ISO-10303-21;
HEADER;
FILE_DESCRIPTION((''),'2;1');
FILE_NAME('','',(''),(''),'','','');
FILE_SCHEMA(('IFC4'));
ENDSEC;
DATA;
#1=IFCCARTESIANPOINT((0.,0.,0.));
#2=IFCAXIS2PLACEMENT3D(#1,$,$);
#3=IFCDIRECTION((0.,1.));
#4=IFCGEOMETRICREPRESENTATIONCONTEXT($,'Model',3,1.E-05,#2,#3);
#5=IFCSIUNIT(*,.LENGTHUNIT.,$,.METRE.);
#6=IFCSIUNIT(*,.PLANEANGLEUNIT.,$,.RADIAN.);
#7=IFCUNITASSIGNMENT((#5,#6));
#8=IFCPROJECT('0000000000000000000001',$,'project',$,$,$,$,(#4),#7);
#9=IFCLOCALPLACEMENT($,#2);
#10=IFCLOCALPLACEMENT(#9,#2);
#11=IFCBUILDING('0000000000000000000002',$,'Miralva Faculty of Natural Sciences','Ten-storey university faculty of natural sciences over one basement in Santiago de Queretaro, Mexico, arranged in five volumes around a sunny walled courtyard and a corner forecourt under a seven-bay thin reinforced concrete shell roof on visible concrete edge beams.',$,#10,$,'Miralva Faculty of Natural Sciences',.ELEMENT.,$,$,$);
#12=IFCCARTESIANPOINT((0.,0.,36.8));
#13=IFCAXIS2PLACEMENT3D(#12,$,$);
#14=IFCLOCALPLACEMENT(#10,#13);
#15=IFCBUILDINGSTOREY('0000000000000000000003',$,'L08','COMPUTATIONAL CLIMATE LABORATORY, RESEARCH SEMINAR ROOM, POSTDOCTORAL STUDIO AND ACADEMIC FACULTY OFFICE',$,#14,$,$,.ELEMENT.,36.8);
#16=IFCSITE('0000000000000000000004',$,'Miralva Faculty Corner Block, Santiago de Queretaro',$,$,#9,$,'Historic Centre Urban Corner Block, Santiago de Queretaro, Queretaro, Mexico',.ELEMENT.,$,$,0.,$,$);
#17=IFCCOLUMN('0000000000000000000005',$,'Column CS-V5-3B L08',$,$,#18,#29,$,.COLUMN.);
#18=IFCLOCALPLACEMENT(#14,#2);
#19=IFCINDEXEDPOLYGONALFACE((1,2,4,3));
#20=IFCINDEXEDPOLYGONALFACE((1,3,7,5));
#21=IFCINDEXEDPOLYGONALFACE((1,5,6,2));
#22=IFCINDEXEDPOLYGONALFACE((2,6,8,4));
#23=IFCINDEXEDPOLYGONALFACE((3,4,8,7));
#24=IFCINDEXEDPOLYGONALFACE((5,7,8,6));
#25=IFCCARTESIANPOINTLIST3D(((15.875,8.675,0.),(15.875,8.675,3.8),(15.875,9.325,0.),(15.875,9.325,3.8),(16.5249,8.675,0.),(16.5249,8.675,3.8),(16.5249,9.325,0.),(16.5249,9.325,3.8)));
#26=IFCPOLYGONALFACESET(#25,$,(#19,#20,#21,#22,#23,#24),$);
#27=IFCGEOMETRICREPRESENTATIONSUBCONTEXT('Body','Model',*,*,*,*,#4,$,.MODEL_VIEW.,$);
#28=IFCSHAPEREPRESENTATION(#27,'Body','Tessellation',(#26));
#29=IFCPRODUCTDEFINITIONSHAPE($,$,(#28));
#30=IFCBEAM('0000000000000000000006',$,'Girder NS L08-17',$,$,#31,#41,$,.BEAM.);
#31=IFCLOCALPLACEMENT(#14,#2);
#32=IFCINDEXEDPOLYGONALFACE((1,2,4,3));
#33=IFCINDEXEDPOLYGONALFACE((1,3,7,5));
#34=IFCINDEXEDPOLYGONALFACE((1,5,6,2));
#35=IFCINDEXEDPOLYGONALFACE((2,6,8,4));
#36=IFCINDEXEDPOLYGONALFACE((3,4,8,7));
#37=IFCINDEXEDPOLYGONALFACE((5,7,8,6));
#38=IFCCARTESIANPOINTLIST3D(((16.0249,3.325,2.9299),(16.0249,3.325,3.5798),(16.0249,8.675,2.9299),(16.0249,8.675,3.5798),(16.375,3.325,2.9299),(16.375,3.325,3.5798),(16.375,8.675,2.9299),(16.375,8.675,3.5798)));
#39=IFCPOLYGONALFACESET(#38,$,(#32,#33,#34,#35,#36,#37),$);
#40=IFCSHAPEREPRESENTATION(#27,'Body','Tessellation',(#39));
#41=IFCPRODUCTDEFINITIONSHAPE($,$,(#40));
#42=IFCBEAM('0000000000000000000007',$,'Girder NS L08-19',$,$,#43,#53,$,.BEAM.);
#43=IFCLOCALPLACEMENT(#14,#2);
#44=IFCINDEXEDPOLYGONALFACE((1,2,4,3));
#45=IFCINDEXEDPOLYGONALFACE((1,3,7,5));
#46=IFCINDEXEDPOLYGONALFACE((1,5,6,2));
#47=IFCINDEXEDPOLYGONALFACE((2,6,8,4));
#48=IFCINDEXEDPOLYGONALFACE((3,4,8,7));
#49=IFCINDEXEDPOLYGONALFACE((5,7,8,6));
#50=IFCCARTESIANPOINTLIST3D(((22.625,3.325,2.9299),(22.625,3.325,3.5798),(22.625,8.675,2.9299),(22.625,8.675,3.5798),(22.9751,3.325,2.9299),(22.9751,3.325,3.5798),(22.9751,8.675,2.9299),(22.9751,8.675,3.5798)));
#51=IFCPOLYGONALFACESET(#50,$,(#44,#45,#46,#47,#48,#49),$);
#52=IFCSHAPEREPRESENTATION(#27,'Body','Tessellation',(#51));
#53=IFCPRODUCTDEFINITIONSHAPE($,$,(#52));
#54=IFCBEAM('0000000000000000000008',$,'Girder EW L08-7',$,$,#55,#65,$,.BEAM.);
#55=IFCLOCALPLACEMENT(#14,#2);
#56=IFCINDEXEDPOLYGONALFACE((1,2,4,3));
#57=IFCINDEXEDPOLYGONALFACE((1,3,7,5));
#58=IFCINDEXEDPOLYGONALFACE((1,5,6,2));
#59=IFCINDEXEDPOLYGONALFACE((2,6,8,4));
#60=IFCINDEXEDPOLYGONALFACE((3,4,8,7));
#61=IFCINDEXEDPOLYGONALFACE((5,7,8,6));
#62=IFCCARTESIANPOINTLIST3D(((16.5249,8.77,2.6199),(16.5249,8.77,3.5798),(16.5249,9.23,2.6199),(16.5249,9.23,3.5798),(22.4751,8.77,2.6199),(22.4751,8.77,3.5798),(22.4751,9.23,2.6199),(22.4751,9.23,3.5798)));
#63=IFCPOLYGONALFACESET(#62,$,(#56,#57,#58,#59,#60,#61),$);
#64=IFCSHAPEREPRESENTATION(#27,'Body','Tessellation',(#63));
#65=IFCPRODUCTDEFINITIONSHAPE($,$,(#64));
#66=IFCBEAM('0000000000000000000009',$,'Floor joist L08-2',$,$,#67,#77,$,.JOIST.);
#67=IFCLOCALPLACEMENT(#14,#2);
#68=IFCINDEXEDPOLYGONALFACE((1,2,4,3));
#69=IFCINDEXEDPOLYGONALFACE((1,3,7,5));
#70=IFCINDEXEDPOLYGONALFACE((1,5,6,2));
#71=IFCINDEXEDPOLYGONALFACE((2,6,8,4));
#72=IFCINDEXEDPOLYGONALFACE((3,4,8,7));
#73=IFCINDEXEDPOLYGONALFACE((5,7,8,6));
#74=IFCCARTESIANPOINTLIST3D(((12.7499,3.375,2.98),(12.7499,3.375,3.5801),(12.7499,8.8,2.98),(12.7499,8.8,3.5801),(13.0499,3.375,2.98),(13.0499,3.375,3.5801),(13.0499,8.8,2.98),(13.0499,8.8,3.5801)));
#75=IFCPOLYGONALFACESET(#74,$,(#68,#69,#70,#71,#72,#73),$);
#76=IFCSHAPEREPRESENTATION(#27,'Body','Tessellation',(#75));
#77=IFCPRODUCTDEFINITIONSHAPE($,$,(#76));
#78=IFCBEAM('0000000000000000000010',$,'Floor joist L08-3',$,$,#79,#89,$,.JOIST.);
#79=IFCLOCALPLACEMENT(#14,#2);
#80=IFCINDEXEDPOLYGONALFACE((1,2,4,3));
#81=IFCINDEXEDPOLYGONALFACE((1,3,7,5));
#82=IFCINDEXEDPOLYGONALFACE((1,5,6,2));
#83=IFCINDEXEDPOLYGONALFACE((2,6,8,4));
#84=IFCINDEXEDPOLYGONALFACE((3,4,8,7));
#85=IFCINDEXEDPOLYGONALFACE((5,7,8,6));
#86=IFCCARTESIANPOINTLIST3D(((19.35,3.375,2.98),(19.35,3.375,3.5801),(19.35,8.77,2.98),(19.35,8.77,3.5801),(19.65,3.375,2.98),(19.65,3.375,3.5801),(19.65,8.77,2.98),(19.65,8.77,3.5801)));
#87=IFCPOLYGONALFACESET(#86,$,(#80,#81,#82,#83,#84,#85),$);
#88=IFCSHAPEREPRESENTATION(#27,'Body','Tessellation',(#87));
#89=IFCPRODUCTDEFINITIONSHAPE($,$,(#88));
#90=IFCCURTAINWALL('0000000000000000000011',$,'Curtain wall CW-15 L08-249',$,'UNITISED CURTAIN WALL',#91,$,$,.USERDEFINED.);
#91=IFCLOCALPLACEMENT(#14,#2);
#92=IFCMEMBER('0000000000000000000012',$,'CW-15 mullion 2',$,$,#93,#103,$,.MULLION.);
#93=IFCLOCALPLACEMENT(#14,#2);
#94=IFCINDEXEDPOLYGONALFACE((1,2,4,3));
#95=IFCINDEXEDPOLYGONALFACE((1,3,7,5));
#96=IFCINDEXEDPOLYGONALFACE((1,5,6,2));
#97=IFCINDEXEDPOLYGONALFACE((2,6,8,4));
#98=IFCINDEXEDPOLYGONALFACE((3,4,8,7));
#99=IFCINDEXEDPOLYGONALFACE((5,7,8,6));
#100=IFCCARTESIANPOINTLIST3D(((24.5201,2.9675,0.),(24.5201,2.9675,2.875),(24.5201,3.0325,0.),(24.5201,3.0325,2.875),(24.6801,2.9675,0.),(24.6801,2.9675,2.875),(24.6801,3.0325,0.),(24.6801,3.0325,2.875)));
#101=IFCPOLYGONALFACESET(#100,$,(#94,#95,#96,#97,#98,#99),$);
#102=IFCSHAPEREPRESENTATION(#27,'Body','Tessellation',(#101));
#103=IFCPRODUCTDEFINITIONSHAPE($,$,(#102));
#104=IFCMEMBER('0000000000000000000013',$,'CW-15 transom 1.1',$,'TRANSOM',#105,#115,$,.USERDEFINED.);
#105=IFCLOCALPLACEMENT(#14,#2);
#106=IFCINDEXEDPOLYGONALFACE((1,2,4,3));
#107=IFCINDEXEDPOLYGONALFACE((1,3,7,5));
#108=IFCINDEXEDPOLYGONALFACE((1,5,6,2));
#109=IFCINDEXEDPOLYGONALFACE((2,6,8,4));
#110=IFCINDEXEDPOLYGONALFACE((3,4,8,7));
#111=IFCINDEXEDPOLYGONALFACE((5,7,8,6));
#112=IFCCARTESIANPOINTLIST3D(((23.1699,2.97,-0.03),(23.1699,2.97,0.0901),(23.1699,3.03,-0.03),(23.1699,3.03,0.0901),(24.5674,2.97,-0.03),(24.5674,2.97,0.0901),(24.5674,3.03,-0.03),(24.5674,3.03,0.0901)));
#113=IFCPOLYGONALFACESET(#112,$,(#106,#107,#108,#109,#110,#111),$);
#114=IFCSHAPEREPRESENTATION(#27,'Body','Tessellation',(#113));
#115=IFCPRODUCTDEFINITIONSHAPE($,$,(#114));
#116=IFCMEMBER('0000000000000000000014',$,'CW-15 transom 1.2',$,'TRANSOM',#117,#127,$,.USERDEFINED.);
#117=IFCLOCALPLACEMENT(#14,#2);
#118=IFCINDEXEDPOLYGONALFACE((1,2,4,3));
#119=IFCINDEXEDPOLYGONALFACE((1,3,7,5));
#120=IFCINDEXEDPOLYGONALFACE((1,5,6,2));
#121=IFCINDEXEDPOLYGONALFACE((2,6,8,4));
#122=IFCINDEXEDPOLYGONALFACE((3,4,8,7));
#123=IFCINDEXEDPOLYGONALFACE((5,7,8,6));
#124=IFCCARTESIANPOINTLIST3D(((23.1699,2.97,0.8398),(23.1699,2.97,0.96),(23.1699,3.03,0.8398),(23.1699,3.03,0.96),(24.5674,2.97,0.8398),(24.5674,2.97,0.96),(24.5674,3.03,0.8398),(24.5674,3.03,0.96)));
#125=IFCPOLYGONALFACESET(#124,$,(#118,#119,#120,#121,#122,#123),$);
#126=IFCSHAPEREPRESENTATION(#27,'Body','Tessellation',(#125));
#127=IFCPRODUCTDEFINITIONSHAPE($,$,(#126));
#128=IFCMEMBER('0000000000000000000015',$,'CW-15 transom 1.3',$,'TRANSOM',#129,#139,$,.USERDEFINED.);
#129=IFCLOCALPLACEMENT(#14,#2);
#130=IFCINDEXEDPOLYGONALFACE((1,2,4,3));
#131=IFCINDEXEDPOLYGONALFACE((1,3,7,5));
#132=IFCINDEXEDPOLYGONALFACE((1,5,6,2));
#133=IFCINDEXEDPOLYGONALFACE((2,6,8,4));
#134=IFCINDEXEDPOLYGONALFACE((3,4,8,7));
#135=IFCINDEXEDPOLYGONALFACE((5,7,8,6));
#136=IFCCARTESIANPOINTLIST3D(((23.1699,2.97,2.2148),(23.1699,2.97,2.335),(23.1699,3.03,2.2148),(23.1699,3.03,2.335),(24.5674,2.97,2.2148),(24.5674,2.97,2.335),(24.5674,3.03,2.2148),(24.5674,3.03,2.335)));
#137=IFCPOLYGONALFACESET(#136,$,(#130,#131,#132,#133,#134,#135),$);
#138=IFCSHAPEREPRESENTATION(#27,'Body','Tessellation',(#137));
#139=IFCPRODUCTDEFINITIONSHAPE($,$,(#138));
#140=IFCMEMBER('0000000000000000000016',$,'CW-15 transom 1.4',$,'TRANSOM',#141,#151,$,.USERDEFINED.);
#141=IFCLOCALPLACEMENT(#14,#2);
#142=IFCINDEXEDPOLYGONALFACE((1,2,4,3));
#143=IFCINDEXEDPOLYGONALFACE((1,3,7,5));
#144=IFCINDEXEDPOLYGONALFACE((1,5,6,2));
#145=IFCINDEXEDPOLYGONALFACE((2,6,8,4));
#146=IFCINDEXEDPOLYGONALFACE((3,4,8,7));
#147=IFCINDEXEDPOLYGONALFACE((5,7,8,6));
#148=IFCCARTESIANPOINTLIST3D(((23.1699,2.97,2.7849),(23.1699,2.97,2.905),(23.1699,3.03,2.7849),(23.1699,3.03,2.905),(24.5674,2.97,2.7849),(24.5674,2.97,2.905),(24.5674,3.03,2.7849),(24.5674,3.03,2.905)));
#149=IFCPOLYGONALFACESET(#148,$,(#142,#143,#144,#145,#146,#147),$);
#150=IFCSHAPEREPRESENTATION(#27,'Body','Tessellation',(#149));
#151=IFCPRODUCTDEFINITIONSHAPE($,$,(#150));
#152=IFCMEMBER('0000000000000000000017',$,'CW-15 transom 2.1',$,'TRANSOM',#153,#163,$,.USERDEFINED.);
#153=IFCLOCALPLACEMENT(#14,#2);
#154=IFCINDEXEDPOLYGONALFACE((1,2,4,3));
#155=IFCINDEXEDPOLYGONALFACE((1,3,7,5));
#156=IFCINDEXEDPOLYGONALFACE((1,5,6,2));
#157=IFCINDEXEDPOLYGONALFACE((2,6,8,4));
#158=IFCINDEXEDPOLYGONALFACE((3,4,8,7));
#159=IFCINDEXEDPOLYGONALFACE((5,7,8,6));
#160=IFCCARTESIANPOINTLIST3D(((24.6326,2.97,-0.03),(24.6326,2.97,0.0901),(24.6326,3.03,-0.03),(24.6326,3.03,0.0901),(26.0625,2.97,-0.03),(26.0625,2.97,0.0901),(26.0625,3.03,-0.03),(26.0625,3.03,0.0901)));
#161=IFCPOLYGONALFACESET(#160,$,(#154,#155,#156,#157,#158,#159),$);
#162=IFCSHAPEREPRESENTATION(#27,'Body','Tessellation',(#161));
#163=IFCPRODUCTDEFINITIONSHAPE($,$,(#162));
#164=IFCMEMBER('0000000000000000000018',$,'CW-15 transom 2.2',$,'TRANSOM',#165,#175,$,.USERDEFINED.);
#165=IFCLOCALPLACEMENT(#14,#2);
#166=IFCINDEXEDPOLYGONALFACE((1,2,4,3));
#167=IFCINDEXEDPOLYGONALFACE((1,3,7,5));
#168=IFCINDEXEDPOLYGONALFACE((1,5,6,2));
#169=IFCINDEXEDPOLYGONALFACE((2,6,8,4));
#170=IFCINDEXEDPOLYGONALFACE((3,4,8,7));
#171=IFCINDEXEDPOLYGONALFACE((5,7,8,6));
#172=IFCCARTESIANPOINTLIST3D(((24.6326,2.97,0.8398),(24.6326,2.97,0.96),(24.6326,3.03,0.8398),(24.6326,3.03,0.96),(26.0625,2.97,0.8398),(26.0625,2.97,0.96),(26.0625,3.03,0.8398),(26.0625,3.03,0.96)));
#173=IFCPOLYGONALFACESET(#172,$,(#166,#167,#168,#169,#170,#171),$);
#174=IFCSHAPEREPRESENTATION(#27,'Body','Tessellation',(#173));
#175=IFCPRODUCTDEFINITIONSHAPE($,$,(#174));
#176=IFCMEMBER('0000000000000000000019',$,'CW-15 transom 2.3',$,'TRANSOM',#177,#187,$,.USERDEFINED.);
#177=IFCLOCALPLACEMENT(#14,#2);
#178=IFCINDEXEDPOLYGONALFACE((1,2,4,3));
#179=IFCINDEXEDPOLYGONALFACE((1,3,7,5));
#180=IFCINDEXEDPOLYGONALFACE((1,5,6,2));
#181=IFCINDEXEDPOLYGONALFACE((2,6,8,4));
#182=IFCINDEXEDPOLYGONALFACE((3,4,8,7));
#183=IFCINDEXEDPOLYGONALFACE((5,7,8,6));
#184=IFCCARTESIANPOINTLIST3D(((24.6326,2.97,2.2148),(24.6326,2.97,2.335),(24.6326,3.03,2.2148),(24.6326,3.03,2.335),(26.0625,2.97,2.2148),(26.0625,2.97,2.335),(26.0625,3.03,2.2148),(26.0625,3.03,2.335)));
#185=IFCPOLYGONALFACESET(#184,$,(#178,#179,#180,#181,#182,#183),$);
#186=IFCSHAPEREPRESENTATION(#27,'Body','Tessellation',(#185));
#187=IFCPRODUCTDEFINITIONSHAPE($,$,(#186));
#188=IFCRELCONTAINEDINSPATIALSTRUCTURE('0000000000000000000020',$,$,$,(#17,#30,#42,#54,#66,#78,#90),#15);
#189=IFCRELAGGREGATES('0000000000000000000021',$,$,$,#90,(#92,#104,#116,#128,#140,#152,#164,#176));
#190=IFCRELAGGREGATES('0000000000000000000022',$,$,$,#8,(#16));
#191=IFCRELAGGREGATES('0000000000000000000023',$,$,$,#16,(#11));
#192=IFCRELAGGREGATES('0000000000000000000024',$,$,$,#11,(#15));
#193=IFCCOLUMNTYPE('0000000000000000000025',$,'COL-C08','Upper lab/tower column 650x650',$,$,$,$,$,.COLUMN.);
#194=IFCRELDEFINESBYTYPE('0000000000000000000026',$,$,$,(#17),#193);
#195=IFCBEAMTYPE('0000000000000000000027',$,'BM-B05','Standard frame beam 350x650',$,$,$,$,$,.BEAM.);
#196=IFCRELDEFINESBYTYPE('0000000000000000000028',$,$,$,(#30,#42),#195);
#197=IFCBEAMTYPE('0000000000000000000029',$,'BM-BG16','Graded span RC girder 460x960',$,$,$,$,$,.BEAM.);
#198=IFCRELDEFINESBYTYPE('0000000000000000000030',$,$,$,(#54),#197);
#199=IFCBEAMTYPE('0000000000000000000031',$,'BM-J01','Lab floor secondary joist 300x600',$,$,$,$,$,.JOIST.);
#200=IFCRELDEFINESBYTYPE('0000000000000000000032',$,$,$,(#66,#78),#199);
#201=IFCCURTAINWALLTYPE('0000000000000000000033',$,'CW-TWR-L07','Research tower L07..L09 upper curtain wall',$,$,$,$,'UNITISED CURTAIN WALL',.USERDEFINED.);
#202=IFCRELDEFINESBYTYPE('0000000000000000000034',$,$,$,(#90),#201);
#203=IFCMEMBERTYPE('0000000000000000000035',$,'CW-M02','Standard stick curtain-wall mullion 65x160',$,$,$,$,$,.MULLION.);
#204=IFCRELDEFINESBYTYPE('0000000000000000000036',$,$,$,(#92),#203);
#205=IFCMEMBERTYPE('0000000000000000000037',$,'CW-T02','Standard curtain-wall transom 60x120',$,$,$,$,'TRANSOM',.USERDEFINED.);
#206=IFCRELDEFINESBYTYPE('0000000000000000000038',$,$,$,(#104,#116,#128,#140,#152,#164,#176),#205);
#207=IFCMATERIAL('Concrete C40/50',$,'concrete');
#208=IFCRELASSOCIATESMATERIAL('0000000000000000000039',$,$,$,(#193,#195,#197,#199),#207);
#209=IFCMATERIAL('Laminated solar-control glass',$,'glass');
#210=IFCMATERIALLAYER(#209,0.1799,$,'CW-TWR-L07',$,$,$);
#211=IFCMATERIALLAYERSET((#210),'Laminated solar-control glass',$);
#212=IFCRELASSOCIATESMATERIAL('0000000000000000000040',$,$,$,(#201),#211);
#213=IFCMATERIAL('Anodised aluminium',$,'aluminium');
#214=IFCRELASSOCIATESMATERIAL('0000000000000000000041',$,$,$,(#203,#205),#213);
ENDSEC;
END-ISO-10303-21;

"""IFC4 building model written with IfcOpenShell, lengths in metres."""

from ifc_helpers import new_model, si_unit, direction, frame, origin, origin_2d, place, context, subcontext, project, spatial, rectangle, extrude, material, layer, layer_set, material_profile, profile_set, type_object, element, aggregate, save


model = new_model("IFC4")

# Units and contexts
model_context = context("Model", 3, precision=1e-05, world=origin(), true_north=direction((0.0, 1.0)))
body_context = subcontext(model_context, "Body", "Model", "MODEL_VIEW")
ifc_project = project(units=[si_unit("LENGTHUNIT", "METRE"), si_unit("PLANEANGLEUNIT", "RADIAN")], contexts=[model_context])

# Site, building, storey
site_placement = place(None, origin())
site = spatial("IfcSite", under=ifc_project, at=site_placement, Name="Miralva Faculty Corner Block, Santiago de Queretaro", LongName="Historic Centre Urban Corner Block, Santiago de Queretaro, Queretaro, Mexico", CompositionType="ELEMENT", RefElevation=0.0)
building_placement = place(site_placement, origin())
building = spatial("IfcBuilding", under=site, at=building_placement, Name="Miralva Faculty of Natural Sciences", Description="Ten-storey university faculty of natural sciences over one basement in Santiago de Queretaro, Mexico, arranged in five volumes around a sunny walled courtyard and a corner forecourt under a seven-bay thin reinforced concrete shell roof on visible concrete edge beams.", LongName="Miralva Faculty of Natural Sciences", CompositionType="ELEMENT")
storey_placement = place(building_placement, frame((0.0, 0.0, 36.8)))
storey = spatial("IfcBuildingStorey", under=building, at=storey_placement, Name="L08", Description="COMPUTATIONAL CLIMATE LABORATORY, RESEARCH SEMINAR ROOM, POSTDOCTORAL STUDIO AND ACADEMIC FACULTY OFFICE", CompositionType="ELEMENT", Elevation=36.8)

# Column
ifc_material_1 = material(Name="Concrete C40/50", Category="concrete")
ifc_material_profile_1 = material_profile(ifc_material_1, rectangle(XDim=0.6499, YDim=0.6499, at=origin_2d()), Name="RC 650x650")
ifc_profile_set_1 = profile_set([ifc_material_profile_1], Name="Concrete C40/50")
column_type = type_object("IfcColumnType", Name="COL-C08", Description="Upper lab/tower column 650x650", PredefinedType="COLUMN", material=ifc_profile_set_1)
column_placement = place(storey_placement, frame((16.2, 9.0, 0.0), z_axis=(0.0, 0.0, 1.0), x_axis=(1.0, 0.0, 0.0)))
element("IfcColumn", 1, at=column_placement, inside=storey, type_object=column_type, Name="Column CS-V5-3B L08", PredefinedType="COLUMN", context=body_context, shape_type="SweptSolid", body=[
    extrude(rectangle(XDim=0.6499, YDim=0.6499, at=origin_2d()), origin(), (0.0, 0.0, 1.0), 3.8),
])

# Beams
ifc_material_profile_2 = material_profile(ifc_material_1, rectangle(XDim=0.3501, YDim=0.6499, at=origin_2d()), Name="RC 350x650")
ifc_profile_set_2 = profile_set([ifc_material_profile_2], Name="Concrete C40/50")
beam_type_1 = type_object("IfcBeamType", Name="BM-B05", Description="Standard frame beam 350x650", PredefinedType="BEAM", material=ifc_profile_set_2)
for number, where, z_axis, x_axis, name in (
    (2, (16.2, 3.325, 3.2549), (0.0, 1.0, 0.0), (-1.0, 0.0, 0.0), "Girder NS L08-17"),
    (3, (22.8, 3.325, 3.2549), (0.0, 1.0, 0.0), (-1.0, 0.0, 0.0), "Girder NS L08-19"),
):
    element("IfcBeam", number, at=place(storey_placement, frame(where, z_axis=z_axis, x_axis=x_axis)), inside=storey, type_object=beam_type_1, Name=name, PredefinedType="BEAM", context=body_context, shape_type="SweptSolid", body=[
        extrude(rectangle(XDim=0.3501, YDim=0.6499, at=origin_2d()), origin(), (0.0, 0.0, 1.0), 5.3501),
    ])
ifc_material_profile_3 = material_profile(ifc_material_1, rectangle(XDim=0.46, YDim=0.96, at=origin_2d()), Name="RC 460x960")
ifc_profile_set_3 = profile_set([ifc_material_profile_3], Name="Concrete C40/50")
beam_type_2 = type_object("IfcBeamType", Name="BM-BG16", Description="Graded span RC girder 460x960", PredefinedType="BEAM", material=ifc_profile_set_3)
beam_1_placement = place(storey_placement, frame((16.5249, 9.0, 3.0999), z_axis=(1.0, 0.0, 0.0), x_axis=(0.0, 1.0, 0.0)))
element("IfcBeam", 4, at=beam_1_placement, inside=storey, type_object=beam_type_2, Name="Girder EW L08-7", PredefinedType="BEAM", context=body_context, shape_type="SweptSolid", body=[
    extrude(rectangle(XDim=0.46, YDim=0.96, at=origin_2d()), origin(), (0.0, 0.0, 1.0), 5.9502),
])
ifc_material_profile_4 = material_profile(ifc_material_1, rectangle(XDim=0.3, YDim=0.6001, at=origin_2d()), Name="RC 300x600")
ifc_profile_set_4 = profile_set([ifc_material_profile_4], Name="Concrete C40/50")
beam_type_3 = type_object("IfcBeamType", Name="BM-J01", Description="Lab floor secondary joist 300x600", PredefinedType="JOIST", material=ifc_profile_set_4)
beam_2_placement = place(storey_placement, frame((12.8999, 3.375, 3.28), z_axis=(0.0, 1.0, 0.0), x_axis=(-1.0, 0.0, 0.0)))
element("IfcBeam", 5, at=beam_2_placement, inside=storey, type_object=beam_type_3, Name="Floor joist L08-2", PredefinedType="JOIST", context=body_context, shape_type="SweptSolid", body=[
    extrude(rectangle(XDim=0.3, YDim=0.6001, at=origin_2d()), origin(), (0.0, 0.0, 1.0), 5.425),
])
beam_3_placement = place(storey_placement, frame((19.5, 3.375, 3.28), z_axis=(0.0, 1.0, 0.0), x_axis=(-1.0, 0.0, 0.0)))
element("IfcBeam", 6, at=beam_3_placement, inside=storey, type_object=beam_type_3, Name="Floor joist L08-3", PredefinedType="JOIST", context=body_context, shape_type="SweptSolid", body=[
    extrude(rectangle(XDim=0.3, YDim=0.6001, at=origin_2d()), origin(), (0.0, 0.0, 1.0), 5.395),
])

# Curtain wall, members
ifc_material_2 = material(Name="Laminated solar-control glass", Category="glass")
ifc_layer_1 = layer(ifc_material_2, 0.1799, Name="CW-TWR-L07")
ifc_layer_set_1 = layer_set([ifc_layer_1], Name="Laminated solar-control glass")
curtain_wall_type = type_object("IfcCurtainWallType", Name="CW-TWR-L07", Description="Research tower L07..L09 upper curtain wall", ElementType="UNITISED CURTAIN WALL", PredefinedType="USERDEFINED", material=ifc_layer_set_1)
curtain_wall_placement = place(storey_placement, origin())
curtain_wall = element("IfcCurtainWall", 7, at=curtain_wall_placement, inside=storey, type_object=curtain_wall_type, Name="Curtain wall CW-15 L08-249", ObjectType="UNITISED CURTAIN WALL", PredefinedType="USERDEFINED")
ifc_material_3 = material(Name="Anodised aluminium", Category="aluminium")
ifc_material_profile_5 = material_profile(ifc_material_3, rectangle(XDim=0.0649, YDim=0.1599, at=origin_2d()), Name="MULLION 65x160")
ifc_profile_set_5 = profile_set([ifc_material_profile_5], Name="Anodised aluminium")
member_type_1 = type_object("IfcMemberType", Name="CW-M02", Description="Standard stick curtain-wall mullion 65x160", PredefinedType="MULLION", material=ifc_profile_set_5)
member_1_placement = place(storey_placement, frame((24.6001, 3.0, 0.0), z_axis=(0.0, 0.0, 1.0), x_axis=(0.0, 1.0, 0.0)))
member_1 = element("IfcMember", 8, at=member_1_placement, type_object=member_type_1, Name="CW-15 mullion 2", PredefinedType="MULLION", context=body_context, shape_type="SweptSolid", body=[
    extrude(rectangle(XDim=0.0649, YDim=0.1599, at=origin_2d()), origin(), (0.0, 0.0, 1.0), 2.875),
])
ifc_material_profile_6 = material_profile(ifc_material_3, rectangle(XDim=0.0601, YDim=0.1201, at=origin_2d()), Name="TRANSOM 60x120")
ifc_profile_set_6 = profile_set([ifc_material_profile_6], Name="Anodised aluminium")
member_type_2 = type_object("IfcMemberType", Name="CW-T02", Description="Standard curtain-wall transom 60x120", ElementType="TRANSOM", PredefinedType="USERDEFINED", material=ifc_profile_set_6)
member_2_placement = place(storey_placement, frame((23.1699, 3.0, 0.03), z_axis=(1.0, 0.0, 0.0), x_axis=(0.0, 1.0, 0.0)))
member_2 = element("IfcMember", 9, at=member_2_placement, type_object=member_type_2, Name="CW-15 transom 1.1", ObjectType="TRANSOM", PredefinedType="USERDEFINED", context=body_context, shape_type="SweptSolid", body=[
    extrude(rectangle(XDim=0.0601, YDim=0.1201, at=origin_2d()), origin(), (0.0, 0.0, 1.0), 1.3975),
])
member_3_placement = place(storey_placement, frame((23.1699, 3.0, 0.8999), z_axis=(1.0, 0.0, 0.0), x_axis=(0.0, 1.0, 0.0)))
member_3 = element("IfcMember", 10, at=member_3_placement, type_object=member_type_2, Name="CW-15 transom 1.2", ObjectType="TRANSOM", PredefinedType="USERDEFINED", context=body_context, shape_type="SweptSolid", body=[
    extrude(rectangle(XDim=0.0601, YDim=0.1201, at=origin_2d()), origin(), (0.0, 0.0, 1.0), 1.3975),
])
member_4_placement = place(storey_placement, frame((23.1699, 3.0, 2.2749), z_axis=(1.0, 0.0, 0.0), x_axis=(0.0, 1.0, 0.0)))
member_4 = element("IfcMember", 11, at=member_4_placement, type_object=member_type_2, Name="CW-15 transom 1.3", ObjectType="TRANSOM", PredefinedType="USERDEFINED", context=body_context, shape_type="SweptSolid", body=[
    extrude(rectangle(XDim=0.0601, YDim=0.1201, at=origin_2d()), origin(), (0.0, 0.0, 1.0), 1.3975),
])
member_5_placement = place(storey_placement, frame((23.1699, 3.0, 2.845), z_axis=(1.0, 0.0, 0.0), x_axis=(0.0, 1.0, 0.0)))
member_5 = element("IfcMember", 12, at=member_5_placement, type_object=member_type_2, Name="CW-15 transom 1.4", ObjectType="TRANSOM", PredefinedType="USERDEFINED", context=body_context, shape_type="SweptSolid", body=[
    extrude(rectangle(XDim=0.0601, YDim=0.1201, at=origin_2d()), origin(), (0.0, 0.0, 1.0), 1.3975),
])
member_6_placement = place(storey_placement, frame((24.6326, 3.0, 0.03), z_axis=(1.0, 0.0, 0.0), x_axis=(0.0, 1.0, 0.0)))
member_6 = element("IfcMember", 13, at=member_6_placement, type_object=member_type_2, Name="CW-15 transom 2.1", ObjectType="TRANSOM", PredefinedType="USERDEFINED", context=body_context, shape_type="SweptSolid", body=[
    extrude(rectangle(XDim=0.0601, YDim=0.1201, at=origin_2d()), origin(), (0.0, 0.0, 1.0), 1.4299),
])
member_7_placement = place(storey_placement, frame((24.6326, 3.0, 0.8999), z_axis=(1.0, 0.0, 0.0), x_axis=(0.0, 1.0, 0.0)))
member_7 = element("IfcMember", 14, at=member_7_placement, type_object=member_type_2, Name="CW-15 transom 2.2", ObjectType="TRANSOM", PredefinedType="USERDEFINED", context=body_context, shape_type="SweptSolid", body=[
    extrude(rectangle(XDim=0.0601, YDim=0.1201, at=origin_2d()), origin(), (0.0, 0.0, 1.0), 1.4299),
])
member_8_placement = place(storey_placement, frame((24.6326, 3.0, 2.2749), z_axis=(1.0, 0.0, 0.0), x_axis=(0.0, 1.0, 0.0)))
member_8 = element("IfcMember", 15, at=member_8_placement, type_object=member_type_2, Name="CW-15 transom 2.3", ObjectType="TRANSOM", PredefinedType="USERDEFINED", context=body_context, shape_type="SweptSolid", body=[
    extrude(rectangle(XDim=0.0601, YDim=0.1201, at=origin_2d()), origin(), (0.0, 0.0, 1.0), 1.4299),
])
aggregate(curtain_wall, [member_1, member_2, member_3, member_4, member_5, member_6, member_7, member_8])

save(model, "model.ifc")
